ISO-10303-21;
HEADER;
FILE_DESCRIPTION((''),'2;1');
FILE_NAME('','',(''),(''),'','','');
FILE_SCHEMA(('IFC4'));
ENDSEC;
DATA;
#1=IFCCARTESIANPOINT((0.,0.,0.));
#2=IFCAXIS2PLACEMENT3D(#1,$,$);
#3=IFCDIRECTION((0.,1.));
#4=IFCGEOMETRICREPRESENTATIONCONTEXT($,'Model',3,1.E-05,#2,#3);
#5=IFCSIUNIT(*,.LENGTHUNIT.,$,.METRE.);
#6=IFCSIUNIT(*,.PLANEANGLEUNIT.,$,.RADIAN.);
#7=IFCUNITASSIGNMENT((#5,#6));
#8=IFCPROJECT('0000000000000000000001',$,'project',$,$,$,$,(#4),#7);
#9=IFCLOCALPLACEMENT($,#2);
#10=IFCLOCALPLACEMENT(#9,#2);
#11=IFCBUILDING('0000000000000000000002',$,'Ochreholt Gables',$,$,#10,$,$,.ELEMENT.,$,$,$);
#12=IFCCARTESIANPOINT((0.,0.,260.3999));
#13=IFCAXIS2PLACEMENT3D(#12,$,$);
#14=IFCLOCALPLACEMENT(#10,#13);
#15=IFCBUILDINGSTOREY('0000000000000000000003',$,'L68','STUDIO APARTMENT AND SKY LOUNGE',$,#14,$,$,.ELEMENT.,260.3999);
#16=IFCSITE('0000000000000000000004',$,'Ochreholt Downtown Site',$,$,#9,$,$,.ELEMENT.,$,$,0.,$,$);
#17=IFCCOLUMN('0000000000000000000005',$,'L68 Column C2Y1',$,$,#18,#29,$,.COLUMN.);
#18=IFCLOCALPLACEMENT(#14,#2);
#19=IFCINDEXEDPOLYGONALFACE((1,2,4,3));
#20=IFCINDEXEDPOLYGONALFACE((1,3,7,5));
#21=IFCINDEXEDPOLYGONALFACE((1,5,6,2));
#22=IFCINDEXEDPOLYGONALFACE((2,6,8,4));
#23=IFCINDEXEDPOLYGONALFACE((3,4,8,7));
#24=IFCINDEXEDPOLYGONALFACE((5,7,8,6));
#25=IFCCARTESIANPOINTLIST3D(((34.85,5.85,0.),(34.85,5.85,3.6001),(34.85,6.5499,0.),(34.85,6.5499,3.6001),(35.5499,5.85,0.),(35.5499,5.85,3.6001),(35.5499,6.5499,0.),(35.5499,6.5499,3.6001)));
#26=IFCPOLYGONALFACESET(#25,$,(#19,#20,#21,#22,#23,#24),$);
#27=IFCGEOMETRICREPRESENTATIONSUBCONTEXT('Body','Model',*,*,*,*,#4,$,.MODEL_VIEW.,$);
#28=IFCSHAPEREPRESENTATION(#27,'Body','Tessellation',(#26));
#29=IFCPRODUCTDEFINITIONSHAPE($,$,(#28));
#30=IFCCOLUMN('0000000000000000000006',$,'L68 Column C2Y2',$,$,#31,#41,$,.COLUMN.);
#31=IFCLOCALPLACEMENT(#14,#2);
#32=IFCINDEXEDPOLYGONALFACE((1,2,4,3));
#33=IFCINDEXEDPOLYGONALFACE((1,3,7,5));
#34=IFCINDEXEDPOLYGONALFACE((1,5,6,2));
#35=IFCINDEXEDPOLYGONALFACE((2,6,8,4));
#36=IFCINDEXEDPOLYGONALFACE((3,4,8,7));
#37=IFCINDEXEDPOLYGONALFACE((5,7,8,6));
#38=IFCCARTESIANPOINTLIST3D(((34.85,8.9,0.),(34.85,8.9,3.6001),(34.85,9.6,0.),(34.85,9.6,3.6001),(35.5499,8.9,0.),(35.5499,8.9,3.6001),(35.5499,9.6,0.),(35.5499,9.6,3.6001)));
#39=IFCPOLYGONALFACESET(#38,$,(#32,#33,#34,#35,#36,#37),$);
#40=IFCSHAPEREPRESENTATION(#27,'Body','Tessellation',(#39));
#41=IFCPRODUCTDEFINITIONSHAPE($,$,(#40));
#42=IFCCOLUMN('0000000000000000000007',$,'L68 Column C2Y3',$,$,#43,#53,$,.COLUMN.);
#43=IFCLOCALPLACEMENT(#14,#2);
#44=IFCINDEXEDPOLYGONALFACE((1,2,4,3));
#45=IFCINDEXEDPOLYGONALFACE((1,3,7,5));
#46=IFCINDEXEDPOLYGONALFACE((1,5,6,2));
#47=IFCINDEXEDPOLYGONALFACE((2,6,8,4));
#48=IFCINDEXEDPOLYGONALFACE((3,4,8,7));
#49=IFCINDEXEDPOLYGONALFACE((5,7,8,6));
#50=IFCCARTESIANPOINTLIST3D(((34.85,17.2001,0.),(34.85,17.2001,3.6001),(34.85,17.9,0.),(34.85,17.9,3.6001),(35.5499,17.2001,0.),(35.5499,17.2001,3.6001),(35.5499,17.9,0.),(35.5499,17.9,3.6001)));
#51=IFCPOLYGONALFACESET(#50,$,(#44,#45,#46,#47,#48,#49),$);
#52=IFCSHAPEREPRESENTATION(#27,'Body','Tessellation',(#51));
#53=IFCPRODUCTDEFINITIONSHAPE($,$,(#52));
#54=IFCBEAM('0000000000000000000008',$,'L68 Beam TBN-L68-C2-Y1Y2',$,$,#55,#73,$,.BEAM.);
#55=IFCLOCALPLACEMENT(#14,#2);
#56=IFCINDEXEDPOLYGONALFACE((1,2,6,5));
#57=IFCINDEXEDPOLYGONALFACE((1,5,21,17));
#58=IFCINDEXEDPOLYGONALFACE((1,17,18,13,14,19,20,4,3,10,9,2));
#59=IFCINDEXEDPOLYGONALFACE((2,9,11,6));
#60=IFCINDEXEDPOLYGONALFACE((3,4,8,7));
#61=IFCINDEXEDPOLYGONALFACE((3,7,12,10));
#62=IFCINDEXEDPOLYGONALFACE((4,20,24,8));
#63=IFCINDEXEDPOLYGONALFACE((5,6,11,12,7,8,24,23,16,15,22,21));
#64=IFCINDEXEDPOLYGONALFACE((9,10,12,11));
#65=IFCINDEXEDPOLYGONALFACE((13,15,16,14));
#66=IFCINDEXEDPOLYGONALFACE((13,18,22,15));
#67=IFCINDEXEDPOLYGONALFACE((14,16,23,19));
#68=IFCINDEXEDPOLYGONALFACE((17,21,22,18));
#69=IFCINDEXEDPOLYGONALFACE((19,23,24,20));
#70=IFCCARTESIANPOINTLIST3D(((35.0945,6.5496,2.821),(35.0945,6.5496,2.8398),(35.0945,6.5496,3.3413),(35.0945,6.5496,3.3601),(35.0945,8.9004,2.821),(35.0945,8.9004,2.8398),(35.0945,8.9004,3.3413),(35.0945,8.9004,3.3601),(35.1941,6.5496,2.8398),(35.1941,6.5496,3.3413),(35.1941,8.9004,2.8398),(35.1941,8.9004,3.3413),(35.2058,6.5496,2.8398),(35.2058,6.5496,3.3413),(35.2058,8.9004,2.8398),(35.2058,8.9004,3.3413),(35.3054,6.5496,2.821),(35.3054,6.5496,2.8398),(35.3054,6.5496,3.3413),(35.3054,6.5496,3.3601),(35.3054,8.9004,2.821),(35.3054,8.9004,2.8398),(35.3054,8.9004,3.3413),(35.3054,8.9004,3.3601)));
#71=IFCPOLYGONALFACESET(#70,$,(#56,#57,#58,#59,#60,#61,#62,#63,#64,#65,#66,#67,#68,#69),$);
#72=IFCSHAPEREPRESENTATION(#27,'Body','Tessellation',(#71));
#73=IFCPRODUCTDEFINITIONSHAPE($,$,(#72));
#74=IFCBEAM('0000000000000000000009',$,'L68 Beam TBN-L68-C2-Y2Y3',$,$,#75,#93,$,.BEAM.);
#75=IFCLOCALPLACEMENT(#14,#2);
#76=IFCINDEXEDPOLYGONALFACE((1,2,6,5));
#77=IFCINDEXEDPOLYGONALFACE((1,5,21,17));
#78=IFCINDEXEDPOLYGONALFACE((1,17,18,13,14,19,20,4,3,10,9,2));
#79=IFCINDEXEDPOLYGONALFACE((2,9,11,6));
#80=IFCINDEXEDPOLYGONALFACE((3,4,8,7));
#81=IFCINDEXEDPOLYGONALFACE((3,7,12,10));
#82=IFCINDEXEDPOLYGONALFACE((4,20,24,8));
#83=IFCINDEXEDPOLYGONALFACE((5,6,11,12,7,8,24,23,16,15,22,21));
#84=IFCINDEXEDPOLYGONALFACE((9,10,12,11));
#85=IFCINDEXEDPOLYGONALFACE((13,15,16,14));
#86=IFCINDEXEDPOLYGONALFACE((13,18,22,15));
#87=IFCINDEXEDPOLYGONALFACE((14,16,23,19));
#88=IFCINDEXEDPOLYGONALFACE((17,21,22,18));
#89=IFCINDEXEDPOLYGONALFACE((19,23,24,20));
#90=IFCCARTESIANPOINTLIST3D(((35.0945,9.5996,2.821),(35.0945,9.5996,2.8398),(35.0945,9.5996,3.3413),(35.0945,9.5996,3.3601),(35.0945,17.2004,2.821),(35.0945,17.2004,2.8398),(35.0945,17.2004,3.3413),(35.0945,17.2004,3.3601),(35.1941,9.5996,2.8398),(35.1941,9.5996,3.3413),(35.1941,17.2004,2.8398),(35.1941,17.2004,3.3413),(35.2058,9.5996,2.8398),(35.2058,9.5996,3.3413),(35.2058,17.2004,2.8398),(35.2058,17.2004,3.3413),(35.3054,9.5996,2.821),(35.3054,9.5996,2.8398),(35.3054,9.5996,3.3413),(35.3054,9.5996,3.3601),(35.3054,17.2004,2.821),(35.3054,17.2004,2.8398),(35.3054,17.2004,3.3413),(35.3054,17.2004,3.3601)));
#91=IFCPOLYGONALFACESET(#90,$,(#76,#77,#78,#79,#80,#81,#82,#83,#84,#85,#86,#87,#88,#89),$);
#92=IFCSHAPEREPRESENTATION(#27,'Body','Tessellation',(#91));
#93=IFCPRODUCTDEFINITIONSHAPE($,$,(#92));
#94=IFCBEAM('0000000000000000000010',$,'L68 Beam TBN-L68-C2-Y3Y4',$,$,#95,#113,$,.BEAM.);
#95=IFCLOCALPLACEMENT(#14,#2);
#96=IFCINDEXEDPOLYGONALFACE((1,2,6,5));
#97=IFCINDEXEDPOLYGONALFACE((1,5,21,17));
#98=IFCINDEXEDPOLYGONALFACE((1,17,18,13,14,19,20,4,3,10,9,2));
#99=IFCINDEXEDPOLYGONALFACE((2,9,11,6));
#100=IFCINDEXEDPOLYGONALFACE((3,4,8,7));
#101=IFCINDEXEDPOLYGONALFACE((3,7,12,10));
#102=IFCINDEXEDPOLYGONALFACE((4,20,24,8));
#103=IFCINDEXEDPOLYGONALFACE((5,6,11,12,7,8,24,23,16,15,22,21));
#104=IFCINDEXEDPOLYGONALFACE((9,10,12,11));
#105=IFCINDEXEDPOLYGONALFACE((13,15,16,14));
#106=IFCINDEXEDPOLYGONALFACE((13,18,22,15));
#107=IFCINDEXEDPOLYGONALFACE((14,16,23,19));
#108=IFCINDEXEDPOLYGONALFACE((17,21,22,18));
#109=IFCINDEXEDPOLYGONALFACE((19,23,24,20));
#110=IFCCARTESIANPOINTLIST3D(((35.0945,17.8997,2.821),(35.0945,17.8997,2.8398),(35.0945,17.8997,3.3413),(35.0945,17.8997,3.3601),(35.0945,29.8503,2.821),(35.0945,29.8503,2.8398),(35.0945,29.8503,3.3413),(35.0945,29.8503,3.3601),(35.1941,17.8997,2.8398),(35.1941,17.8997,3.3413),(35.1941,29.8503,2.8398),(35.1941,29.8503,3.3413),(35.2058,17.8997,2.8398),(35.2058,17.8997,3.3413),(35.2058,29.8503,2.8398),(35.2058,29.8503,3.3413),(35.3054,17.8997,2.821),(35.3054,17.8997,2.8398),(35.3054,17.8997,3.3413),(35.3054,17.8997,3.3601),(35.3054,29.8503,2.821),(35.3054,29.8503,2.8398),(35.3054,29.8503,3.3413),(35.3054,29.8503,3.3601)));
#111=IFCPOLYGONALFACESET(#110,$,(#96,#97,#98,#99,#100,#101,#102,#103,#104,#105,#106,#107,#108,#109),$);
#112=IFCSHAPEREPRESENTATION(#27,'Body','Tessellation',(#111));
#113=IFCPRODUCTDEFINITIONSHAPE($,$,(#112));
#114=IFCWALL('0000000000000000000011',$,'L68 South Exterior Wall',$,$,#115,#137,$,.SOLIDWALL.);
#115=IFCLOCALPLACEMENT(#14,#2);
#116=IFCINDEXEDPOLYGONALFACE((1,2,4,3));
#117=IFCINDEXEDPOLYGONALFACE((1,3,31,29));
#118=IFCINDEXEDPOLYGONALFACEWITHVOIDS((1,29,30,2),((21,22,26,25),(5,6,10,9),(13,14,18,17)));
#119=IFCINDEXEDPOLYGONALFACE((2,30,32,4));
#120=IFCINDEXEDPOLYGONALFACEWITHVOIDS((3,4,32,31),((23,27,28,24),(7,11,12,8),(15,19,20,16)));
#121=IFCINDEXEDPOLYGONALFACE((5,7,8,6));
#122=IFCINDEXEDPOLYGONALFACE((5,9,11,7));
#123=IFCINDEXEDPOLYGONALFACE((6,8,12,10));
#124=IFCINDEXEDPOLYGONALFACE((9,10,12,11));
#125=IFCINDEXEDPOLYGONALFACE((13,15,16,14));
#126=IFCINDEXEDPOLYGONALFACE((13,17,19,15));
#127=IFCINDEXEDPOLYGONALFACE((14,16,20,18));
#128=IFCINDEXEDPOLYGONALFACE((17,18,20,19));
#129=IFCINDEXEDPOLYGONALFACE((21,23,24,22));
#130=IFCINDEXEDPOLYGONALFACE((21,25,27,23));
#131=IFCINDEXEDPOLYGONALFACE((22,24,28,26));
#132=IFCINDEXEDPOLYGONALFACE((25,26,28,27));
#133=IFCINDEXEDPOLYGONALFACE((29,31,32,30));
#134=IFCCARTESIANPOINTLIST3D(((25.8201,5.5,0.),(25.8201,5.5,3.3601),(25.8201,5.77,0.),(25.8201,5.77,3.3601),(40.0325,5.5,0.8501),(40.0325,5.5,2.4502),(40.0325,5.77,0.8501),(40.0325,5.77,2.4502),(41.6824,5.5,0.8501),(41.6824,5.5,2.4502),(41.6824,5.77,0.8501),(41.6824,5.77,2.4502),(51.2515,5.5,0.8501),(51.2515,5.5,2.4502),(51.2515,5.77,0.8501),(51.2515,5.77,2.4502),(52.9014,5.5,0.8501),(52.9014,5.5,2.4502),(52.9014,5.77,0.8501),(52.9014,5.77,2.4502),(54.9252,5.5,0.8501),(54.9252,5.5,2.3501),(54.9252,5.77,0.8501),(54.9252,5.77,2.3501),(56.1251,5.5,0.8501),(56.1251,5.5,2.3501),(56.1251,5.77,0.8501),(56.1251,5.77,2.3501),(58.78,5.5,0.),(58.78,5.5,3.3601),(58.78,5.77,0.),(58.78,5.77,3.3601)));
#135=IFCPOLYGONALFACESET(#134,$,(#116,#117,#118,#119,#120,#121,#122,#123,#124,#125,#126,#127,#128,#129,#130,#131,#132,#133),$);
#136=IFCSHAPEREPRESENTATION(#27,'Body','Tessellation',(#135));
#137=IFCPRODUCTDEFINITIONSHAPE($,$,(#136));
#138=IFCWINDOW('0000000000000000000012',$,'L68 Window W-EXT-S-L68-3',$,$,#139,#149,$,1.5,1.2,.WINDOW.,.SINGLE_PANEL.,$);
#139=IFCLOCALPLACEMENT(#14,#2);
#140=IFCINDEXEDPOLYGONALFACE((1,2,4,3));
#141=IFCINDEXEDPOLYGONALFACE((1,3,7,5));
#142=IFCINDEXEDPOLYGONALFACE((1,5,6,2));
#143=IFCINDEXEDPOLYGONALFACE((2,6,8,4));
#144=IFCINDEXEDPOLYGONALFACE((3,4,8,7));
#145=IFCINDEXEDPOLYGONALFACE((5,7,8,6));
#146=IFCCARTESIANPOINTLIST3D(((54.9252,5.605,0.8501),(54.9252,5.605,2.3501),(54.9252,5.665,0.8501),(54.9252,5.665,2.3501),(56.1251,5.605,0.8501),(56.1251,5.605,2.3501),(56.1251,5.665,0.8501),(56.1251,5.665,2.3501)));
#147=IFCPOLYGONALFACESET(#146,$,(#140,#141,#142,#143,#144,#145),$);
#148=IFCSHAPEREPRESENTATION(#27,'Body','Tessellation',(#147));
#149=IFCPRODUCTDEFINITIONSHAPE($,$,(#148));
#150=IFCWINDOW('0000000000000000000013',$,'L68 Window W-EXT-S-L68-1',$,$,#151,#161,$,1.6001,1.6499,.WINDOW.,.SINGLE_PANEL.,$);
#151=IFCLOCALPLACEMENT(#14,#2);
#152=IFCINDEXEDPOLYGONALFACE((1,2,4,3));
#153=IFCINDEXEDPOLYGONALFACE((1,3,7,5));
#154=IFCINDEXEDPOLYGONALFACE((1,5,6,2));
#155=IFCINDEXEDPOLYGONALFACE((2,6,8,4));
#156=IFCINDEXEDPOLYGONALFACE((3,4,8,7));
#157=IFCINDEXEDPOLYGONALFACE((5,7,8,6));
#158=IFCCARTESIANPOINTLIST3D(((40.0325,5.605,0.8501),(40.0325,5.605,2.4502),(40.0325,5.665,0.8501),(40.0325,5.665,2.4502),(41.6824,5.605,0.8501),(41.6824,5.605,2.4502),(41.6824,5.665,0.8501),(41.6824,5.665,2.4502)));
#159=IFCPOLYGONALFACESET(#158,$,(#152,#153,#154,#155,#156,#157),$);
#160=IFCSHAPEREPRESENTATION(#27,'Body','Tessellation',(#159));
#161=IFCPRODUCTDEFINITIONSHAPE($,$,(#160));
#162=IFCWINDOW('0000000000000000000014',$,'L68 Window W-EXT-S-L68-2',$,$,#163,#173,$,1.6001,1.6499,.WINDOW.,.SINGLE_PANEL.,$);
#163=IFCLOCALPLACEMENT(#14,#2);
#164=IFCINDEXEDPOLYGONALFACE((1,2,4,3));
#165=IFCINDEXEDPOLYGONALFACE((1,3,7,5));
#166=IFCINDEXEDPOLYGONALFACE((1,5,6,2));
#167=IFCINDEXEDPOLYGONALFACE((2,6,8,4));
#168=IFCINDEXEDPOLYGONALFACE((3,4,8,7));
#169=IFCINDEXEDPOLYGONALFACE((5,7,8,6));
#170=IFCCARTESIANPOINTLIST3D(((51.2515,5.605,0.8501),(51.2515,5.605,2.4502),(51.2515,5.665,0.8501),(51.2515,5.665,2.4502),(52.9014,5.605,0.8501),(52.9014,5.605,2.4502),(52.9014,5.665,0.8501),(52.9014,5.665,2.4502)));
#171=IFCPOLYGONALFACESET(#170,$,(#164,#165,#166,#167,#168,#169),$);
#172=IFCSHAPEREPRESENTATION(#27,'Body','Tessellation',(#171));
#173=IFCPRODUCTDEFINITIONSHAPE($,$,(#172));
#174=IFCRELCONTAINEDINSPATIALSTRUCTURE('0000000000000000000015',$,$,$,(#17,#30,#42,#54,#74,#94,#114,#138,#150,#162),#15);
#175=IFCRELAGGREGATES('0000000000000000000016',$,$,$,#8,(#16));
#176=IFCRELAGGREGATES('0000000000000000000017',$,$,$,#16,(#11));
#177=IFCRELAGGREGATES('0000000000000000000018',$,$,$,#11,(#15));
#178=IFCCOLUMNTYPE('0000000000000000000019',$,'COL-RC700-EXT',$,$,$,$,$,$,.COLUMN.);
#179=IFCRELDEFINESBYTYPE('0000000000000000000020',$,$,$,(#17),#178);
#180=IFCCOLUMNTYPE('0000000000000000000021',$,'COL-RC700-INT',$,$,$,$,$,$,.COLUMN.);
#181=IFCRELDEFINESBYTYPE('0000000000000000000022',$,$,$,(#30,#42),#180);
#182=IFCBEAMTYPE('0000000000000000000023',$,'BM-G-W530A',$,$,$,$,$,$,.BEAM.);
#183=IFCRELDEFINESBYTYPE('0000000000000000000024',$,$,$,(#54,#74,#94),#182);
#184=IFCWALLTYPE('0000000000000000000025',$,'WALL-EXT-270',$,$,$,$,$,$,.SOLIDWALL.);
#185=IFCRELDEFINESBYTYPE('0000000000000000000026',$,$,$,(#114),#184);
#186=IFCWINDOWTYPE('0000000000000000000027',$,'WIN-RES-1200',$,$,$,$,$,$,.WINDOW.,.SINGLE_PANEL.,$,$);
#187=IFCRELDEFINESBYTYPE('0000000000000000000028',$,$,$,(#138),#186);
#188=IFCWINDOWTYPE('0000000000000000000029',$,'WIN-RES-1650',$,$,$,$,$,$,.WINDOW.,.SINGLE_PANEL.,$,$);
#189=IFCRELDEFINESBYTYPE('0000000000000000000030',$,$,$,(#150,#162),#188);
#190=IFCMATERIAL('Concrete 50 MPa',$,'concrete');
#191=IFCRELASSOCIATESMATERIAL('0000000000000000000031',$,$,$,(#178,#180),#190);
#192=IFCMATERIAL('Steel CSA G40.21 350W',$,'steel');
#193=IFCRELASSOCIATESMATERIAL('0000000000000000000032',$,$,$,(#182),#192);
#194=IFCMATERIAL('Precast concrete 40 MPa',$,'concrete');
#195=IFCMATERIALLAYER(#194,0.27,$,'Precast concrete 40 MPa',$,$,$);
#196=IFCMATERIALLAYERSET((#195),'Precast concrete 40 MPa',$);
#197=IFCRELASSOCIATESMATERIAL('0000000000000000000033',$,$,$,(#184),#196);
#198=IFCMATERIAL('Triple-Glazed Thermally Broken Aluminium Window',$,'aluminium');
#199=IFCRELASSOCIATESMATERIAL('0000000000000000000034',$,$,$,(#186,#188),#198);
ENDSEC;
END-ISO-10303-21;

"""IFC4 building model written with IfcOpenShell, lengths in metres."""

from ifc_helpers import new_model, si_unit, direction, frame, frame_2d, origin, origin_2d, place, context, subcontext, project, spatial, rectangle, i_section, extrude, material, layer, layer_set, material_profile, profile_set, type_object, element, fill, save


model = new_model("IFC4")

# Units and contexts
model_context = context("Model", 3, precision=1e-05, world=origin(), true_north=direction((0.0, 1.0)))
body_context = subcontext(model_context, "Body", "Model", "MODEL_VIEW")
ifc_project = project(units=[si_unit("LENGTHUNIT", "METRE"), si_unit("PLANEANGLEUNIT", "RADIAN")], contexts=[model_context])

# Site, building, storey
site_placement = place(None, origin())
site = spatial("IfcSite", under=ifc_project, at=site_placement, Name="Ochreholt Downtown Site", CompositionType="ELEMENT", RefElevation=0.0)
building_placement = place(site_placement, origin())
building = spatial("IfcBuilding", under=site, at=building_placement, Name="Ochreholt Gables", CompositionType="ELEMENT")
storey_placement = place(building_placement, frame((0.0, 0.0, 260.3999)))
storey = spatial("IfcBuildingStorey", under=building, at=storey_placement, Name="L68", Description="STUDIO APARTMENT AND SKY LOUNGE", CompositionType="ELEMENT", Elevation=260.3999)

# Columns
ifc_material_1 = material(Name="Concrete 50 MPa", Category="concrete")
ifc_material_profile_1 = material_profile(ifc_material_1, rectangle(XDim=0.7, YDim=0.7, at=origin_2d()), Name="RC700X700")
ifc_profile_set_1 = profile_set([ifc_material_profile_1], Name="Concrete 50 MPa")
column_type_1 = type_object("IfcColumnType", Name="COL-RC700-EXT", PredefinedType="COLUMN", material=ifc_profile_set_1)
column_placement = place(storey_placement, frame((35.2, 6.2, 0.0), z_axis=(0.0, 0.0, 1.0), x_axis=(1.0, 0.0, 0.0)))
element("IfcColumn", 1, at=column_placement, inside=storey, type_object=column_type_1, Name="L68 Column C2Y1", PredefinedType="COLUMN", context=body_context, shape_type="SweptSolid", body=[
    extrude(rectangle(XDim=0.7, YDim=0.7, at=origin_2d()), origin(), (0.0, 0.0, 1.0), 3.6001),
])
ifc_material_profile_2 = material_profile(ifc_material_1, rectangle(XDim=0.7, YDim=0.7, at=origin_2d()), Name="RC700X700")
ifc_profile_set_2 = profile_set([ifc_material_profile_2], Name="Concrete 50 MPa")
column_type_2 = type_object("IfcColumnType", Name="COL-RC700-INT", PredefinedType="COLUMN", material=ifc_profile_set_2)
for number, where, z_axis, x_axis, name in (
    (2, (35.2, 9.25, 0.0), (0.0, 0.0, 1.0), (1.0, 0.0, 0.0), "L68 Column C2Y2"),
    (3, (35.2, 17.55, 0.0), (0.0, 0.0, 1.0), (1.0, 0.0, 0.0), "L68 Column C2Y3"),
):
    element("IfcColumn", number, at=place(storey_placement, frame(where, z_axis=z_axis, x_axis=x_axis)), inside=storey, type_object=column_type_2, Name=name, PredefinedType="COLUMN", context=body_context, shape_type="SweptSolid", body=[
        extrude(rectangle(XDim=0.7, YDim=0.7, at=origin_2d()), origin(), (0.0, 0.0, 1.0), 3.6001),
    ])

# Beams
ifc_material_2 = material(Name="Steel CSA G40.21 350W", Category="steel")
ifc_material_profile_3 = material_profile(ifc_material_2, i_section(OverallWidth=0.2109, OverallDepth=0.5391, WebThickness=0.0117, FlangeThickness=0.0188, at=origin_2d()), Name="W530X109")
ifc_profile_set_3 = profile_set([ifc_material_profile_3], Name="Steel CSA G40.21 350W")
beam_type = type_object("IfcBeamType", Name="BM-G-W530A", PredefinedType="BEAM", material=ifc_profile_set_3)
beam_1_placement = place(storey_placement, frame((35.2, 6.5496, 3.0906), z_axis=(0.0, 1.0, 0.0), x_axis=(-1.0, 0.0, 0.0)))
element("IfcBeam", 4, at=beam_1_placement, inside=storey, type_object=beam_type, Name="L68 Beam TBN-L68-C2-Y1Y2", PredefinedType="BEAM", context=body_context, shape_type="SweptSolid", body=[
    extrude(i_section(OverallWidth=0.2109, OverallDepth=0.5391, WebThickness=0.0117, FlangeThickness=0.0188, at=origin_2d()), origin(), (0.0, 0.0, 1.0), 2.3508),
])
beam_2_placement = place(storey_placement, frame((35.2, 9.5996, 3.0906), z_axis=(0.0, 1.0, 0.0), x_axis=(-1.0, 0.0, 0.0)))
element("IfcBeam", 5, at=beam_2_placement, inside=storey, type_object=beam_type, Name="L68 Beam TBN-L68-C2-Y2Y3", PredefinedType="BEAM", context=body_context, shape_type="SweptSolid", body=[
    extrude(i_section(OverallWidth=0.2109, OverallDepth=0.5391, WebThickness=0.0117, FlangeThickness=0.0188, at=origin_2d()), origin(), (0.0, 0.0, 1.0), 7.6008),
])
beam_3_placement = place(storey_placement, frame((35.2, 17.8997, 3.0906), z_axis=(0.0, 1.0, 0.0), x_axis=(-1.0, 0.0, 0.0)))
element("IfcBeam", 6, at=beam_3_placement, inside=storey, type_object=beam_type, Name="L68 Beam TBN-L68-C2-Y3Y4", PredefinedType="BEAM", context=body_context, shape_type="SweptSolid", body=[
    extrude(i_section(OverallWidth=0.2109, OverallDepth=0.5391, WebThickness=0.0117, FlangeThickness=0.0188, at=origin_2d()), origin(), (0.0, 0.0, 1.0), 11.9507),
])

# Wall, openings, windows
ifc_material_3 = material(Name="Precast concrete 40 MPa", Category="concrete")
ifc_layer_1 = layer(ifc_material_3, 0.27, Name="Precast concrete 40 MPa")
ifc_layer_set_1 = layer_set([ifc_layer_1], Name="Precast concrete 40 MPa")
wall_type_1 = type_object("IfcWallType", Name="WALL-EXT-270", PredefinedType="SOLIDWALL", material=ifc_layer_set_1)
wall_1_placement = place(storey_placement, frame((25.8201, 5.635, 0.0), z_axis=(0.0, 0.0, 1.0), x_axis=(1.0, 0.0, 0.0)))
wall_1 = element("IfcWall", 7, at=wall_1_placement, inside=storey, type_object=wall_type_1, Name="L68 South Exterior Wall", PredefinedType="SOLIDWALL", context=body_context, shape_type="SweptSolid", body=[
    extrude(rectangle(XDim=32.96, YDim=0.27, at=frame_2d((16.48, 0.0))), origin(), (0.0, 0.0, 1.0), 3.3601),
])
opening_1_placement = place(wall_1_placement, frame((14.2124, 0.0, 0.8501)))
opening_1 = element("IfcOpeningElement", 8, at=opening_1_placement, cuts=wall_1, PredefinedType="OPENING", context=body_context, shape_type="SweptSolid", body=[
    extrude(rectangle(XDim=1.6499, YDim=1.6001, at=frame_2d((0.825, 0.8))), frame((0.0, 0.145, 0.0), z_axis=(0.0, -1.0, 0.0), x_axis=(1.0, 0.0, 0.0)), (0.0, 0.0, 1.0), 0.29),
])
opening_2_placement = place(wall_1_placement, frame((25.4314, 0.0, 0.8501)))
opening_2 = element("IfcOpeningElement", 9, at=opening_2_placement, cuts=wall_1, PredefinedType="OPENING", context=body_context, shape_type="SweptSolid", body=[
    extrude(rectangle(XDim=1.6499, YDim=1.6001, at=frame_2d((0.825, 0.8))), frame((0.0, 0.145, 0.0), z_axis=(0.0, -1.0, 0.0), x_axis=(1.0, 0.0, 0.0)), (0.0, 0.0, 1.0), 0.29),
])
opening_3_placement = place(wall_1_placement, frame((29.105, 0.0, 0.8501)))
opening_3 = element("IfcOpeningElement", 10, at=opening_3_placement, cuts=wall_1, PredefinedType="OPENING", context=body_context, shape_type="SweptSolid", body=[
    extrude(rectangle(XDim=1.2, YDim=1.5, at=frame_2d((0.6001, 0.75))), frame((0.0, 0.145, 0.0), z_axis=(0.0, -1.0, 0.0), x_axis=(1.0, 0.0, 0.0)), (0.0, 0.0, 1.0), 0.29),
])
ifc_material_4 = material(Name="Triple-Glazed Thermally Broken Aluminium Window", Category="aluminium")
window_type_1 = type_object("IfcWindowType", Name="WIN-RES-1200", PartitioningType="SINGLE_PANEL", PredefinedType="WINDOW", material=ifc_material_4)
window_1_placement = place(opening_3_placement, origin())
window_1 = element("IfcWindow", 11, at=window_1_placement, inside=storey, type_object=window_type_1, Name="L68 Window W-EXT-S-L68-3", OverallHeight=1.5, OverallWidth=1.2, PartitioningType="SINGLE_PANEL", PredefinedType="WINDOW", context=body_context, shape_type="SweptSolid", body=[
    extrude(rectangle(XDim=1.2, YDim=1.5, at=frame_2d((0.6001, 0.75))), frame((0.0, 0.03, 0.0), z_axis=(0.0, -1.0, 0.0), x_axis=(1.0, 0.0, 0.0)), (0.0, 0.0, 1.0), 0.0601),
])
fill(opening_3, window_1)
window_type_2 = type_object("IfcWindowType", Name="WIN-RES-1650", PartitioningType="SINGLE_PANEL", PredefinedType="WINDOW", material=ifc_material_4)
window_2_placement = place(opening_1_placement, origin())
window_2 = element("IfcWindow", 12, at=window_2_placement, inside=storey, type_object=window_type_2, Name="L68 Window W-EXT-S-L68-1", OverallHeight=1.6001, OverallWidth=1.6499, PartitioningType="SINGLE_PANEL", PredefinedType="WINDOW", context=body_context, shape_type="SweptSolid", body=[
    extrude(rectangle(XDim=1.6499, YDim=1.6001, at=frame_2d((0.825, 0.8))), frame((0.0, 0.03, 0.0), z_axis=(0.0, -1.0, 0.0), x_axis=(1.0, 0.0, 0.0)), (0.0, 0.0, 1.0), 0.0601),
])
fill(opening_1, window_2)
window_3_placement = place(opening_2_placement, origin())
window_3 = element("IfcWindow", 13, at=window_3_placement, inside=storey, type_object=window_type_2, Name="L68 Window W-EXT-S-L68-2", OverallHeight=1.6001, OverallWidth=1.6499, PartitioningType="SINGLE_PANEL", PredefinedType="WINDOW", context=body_context, shape_type="SweptSolid", body=[
    extrude(rectangle(XDim=1.6499, YDim=1.6001, at=frame_2d((0.825, 0.8))), frame((0.0, 0.03, 0.0), z_axis=(0.0, -1.0, 0.0), x_axis=(1.0, 0.0, 0.0)), (0.0, 0.0, 1.0), 0.0601),
])
fill(opening_2, window_3)

save(model, "model.ifc")
